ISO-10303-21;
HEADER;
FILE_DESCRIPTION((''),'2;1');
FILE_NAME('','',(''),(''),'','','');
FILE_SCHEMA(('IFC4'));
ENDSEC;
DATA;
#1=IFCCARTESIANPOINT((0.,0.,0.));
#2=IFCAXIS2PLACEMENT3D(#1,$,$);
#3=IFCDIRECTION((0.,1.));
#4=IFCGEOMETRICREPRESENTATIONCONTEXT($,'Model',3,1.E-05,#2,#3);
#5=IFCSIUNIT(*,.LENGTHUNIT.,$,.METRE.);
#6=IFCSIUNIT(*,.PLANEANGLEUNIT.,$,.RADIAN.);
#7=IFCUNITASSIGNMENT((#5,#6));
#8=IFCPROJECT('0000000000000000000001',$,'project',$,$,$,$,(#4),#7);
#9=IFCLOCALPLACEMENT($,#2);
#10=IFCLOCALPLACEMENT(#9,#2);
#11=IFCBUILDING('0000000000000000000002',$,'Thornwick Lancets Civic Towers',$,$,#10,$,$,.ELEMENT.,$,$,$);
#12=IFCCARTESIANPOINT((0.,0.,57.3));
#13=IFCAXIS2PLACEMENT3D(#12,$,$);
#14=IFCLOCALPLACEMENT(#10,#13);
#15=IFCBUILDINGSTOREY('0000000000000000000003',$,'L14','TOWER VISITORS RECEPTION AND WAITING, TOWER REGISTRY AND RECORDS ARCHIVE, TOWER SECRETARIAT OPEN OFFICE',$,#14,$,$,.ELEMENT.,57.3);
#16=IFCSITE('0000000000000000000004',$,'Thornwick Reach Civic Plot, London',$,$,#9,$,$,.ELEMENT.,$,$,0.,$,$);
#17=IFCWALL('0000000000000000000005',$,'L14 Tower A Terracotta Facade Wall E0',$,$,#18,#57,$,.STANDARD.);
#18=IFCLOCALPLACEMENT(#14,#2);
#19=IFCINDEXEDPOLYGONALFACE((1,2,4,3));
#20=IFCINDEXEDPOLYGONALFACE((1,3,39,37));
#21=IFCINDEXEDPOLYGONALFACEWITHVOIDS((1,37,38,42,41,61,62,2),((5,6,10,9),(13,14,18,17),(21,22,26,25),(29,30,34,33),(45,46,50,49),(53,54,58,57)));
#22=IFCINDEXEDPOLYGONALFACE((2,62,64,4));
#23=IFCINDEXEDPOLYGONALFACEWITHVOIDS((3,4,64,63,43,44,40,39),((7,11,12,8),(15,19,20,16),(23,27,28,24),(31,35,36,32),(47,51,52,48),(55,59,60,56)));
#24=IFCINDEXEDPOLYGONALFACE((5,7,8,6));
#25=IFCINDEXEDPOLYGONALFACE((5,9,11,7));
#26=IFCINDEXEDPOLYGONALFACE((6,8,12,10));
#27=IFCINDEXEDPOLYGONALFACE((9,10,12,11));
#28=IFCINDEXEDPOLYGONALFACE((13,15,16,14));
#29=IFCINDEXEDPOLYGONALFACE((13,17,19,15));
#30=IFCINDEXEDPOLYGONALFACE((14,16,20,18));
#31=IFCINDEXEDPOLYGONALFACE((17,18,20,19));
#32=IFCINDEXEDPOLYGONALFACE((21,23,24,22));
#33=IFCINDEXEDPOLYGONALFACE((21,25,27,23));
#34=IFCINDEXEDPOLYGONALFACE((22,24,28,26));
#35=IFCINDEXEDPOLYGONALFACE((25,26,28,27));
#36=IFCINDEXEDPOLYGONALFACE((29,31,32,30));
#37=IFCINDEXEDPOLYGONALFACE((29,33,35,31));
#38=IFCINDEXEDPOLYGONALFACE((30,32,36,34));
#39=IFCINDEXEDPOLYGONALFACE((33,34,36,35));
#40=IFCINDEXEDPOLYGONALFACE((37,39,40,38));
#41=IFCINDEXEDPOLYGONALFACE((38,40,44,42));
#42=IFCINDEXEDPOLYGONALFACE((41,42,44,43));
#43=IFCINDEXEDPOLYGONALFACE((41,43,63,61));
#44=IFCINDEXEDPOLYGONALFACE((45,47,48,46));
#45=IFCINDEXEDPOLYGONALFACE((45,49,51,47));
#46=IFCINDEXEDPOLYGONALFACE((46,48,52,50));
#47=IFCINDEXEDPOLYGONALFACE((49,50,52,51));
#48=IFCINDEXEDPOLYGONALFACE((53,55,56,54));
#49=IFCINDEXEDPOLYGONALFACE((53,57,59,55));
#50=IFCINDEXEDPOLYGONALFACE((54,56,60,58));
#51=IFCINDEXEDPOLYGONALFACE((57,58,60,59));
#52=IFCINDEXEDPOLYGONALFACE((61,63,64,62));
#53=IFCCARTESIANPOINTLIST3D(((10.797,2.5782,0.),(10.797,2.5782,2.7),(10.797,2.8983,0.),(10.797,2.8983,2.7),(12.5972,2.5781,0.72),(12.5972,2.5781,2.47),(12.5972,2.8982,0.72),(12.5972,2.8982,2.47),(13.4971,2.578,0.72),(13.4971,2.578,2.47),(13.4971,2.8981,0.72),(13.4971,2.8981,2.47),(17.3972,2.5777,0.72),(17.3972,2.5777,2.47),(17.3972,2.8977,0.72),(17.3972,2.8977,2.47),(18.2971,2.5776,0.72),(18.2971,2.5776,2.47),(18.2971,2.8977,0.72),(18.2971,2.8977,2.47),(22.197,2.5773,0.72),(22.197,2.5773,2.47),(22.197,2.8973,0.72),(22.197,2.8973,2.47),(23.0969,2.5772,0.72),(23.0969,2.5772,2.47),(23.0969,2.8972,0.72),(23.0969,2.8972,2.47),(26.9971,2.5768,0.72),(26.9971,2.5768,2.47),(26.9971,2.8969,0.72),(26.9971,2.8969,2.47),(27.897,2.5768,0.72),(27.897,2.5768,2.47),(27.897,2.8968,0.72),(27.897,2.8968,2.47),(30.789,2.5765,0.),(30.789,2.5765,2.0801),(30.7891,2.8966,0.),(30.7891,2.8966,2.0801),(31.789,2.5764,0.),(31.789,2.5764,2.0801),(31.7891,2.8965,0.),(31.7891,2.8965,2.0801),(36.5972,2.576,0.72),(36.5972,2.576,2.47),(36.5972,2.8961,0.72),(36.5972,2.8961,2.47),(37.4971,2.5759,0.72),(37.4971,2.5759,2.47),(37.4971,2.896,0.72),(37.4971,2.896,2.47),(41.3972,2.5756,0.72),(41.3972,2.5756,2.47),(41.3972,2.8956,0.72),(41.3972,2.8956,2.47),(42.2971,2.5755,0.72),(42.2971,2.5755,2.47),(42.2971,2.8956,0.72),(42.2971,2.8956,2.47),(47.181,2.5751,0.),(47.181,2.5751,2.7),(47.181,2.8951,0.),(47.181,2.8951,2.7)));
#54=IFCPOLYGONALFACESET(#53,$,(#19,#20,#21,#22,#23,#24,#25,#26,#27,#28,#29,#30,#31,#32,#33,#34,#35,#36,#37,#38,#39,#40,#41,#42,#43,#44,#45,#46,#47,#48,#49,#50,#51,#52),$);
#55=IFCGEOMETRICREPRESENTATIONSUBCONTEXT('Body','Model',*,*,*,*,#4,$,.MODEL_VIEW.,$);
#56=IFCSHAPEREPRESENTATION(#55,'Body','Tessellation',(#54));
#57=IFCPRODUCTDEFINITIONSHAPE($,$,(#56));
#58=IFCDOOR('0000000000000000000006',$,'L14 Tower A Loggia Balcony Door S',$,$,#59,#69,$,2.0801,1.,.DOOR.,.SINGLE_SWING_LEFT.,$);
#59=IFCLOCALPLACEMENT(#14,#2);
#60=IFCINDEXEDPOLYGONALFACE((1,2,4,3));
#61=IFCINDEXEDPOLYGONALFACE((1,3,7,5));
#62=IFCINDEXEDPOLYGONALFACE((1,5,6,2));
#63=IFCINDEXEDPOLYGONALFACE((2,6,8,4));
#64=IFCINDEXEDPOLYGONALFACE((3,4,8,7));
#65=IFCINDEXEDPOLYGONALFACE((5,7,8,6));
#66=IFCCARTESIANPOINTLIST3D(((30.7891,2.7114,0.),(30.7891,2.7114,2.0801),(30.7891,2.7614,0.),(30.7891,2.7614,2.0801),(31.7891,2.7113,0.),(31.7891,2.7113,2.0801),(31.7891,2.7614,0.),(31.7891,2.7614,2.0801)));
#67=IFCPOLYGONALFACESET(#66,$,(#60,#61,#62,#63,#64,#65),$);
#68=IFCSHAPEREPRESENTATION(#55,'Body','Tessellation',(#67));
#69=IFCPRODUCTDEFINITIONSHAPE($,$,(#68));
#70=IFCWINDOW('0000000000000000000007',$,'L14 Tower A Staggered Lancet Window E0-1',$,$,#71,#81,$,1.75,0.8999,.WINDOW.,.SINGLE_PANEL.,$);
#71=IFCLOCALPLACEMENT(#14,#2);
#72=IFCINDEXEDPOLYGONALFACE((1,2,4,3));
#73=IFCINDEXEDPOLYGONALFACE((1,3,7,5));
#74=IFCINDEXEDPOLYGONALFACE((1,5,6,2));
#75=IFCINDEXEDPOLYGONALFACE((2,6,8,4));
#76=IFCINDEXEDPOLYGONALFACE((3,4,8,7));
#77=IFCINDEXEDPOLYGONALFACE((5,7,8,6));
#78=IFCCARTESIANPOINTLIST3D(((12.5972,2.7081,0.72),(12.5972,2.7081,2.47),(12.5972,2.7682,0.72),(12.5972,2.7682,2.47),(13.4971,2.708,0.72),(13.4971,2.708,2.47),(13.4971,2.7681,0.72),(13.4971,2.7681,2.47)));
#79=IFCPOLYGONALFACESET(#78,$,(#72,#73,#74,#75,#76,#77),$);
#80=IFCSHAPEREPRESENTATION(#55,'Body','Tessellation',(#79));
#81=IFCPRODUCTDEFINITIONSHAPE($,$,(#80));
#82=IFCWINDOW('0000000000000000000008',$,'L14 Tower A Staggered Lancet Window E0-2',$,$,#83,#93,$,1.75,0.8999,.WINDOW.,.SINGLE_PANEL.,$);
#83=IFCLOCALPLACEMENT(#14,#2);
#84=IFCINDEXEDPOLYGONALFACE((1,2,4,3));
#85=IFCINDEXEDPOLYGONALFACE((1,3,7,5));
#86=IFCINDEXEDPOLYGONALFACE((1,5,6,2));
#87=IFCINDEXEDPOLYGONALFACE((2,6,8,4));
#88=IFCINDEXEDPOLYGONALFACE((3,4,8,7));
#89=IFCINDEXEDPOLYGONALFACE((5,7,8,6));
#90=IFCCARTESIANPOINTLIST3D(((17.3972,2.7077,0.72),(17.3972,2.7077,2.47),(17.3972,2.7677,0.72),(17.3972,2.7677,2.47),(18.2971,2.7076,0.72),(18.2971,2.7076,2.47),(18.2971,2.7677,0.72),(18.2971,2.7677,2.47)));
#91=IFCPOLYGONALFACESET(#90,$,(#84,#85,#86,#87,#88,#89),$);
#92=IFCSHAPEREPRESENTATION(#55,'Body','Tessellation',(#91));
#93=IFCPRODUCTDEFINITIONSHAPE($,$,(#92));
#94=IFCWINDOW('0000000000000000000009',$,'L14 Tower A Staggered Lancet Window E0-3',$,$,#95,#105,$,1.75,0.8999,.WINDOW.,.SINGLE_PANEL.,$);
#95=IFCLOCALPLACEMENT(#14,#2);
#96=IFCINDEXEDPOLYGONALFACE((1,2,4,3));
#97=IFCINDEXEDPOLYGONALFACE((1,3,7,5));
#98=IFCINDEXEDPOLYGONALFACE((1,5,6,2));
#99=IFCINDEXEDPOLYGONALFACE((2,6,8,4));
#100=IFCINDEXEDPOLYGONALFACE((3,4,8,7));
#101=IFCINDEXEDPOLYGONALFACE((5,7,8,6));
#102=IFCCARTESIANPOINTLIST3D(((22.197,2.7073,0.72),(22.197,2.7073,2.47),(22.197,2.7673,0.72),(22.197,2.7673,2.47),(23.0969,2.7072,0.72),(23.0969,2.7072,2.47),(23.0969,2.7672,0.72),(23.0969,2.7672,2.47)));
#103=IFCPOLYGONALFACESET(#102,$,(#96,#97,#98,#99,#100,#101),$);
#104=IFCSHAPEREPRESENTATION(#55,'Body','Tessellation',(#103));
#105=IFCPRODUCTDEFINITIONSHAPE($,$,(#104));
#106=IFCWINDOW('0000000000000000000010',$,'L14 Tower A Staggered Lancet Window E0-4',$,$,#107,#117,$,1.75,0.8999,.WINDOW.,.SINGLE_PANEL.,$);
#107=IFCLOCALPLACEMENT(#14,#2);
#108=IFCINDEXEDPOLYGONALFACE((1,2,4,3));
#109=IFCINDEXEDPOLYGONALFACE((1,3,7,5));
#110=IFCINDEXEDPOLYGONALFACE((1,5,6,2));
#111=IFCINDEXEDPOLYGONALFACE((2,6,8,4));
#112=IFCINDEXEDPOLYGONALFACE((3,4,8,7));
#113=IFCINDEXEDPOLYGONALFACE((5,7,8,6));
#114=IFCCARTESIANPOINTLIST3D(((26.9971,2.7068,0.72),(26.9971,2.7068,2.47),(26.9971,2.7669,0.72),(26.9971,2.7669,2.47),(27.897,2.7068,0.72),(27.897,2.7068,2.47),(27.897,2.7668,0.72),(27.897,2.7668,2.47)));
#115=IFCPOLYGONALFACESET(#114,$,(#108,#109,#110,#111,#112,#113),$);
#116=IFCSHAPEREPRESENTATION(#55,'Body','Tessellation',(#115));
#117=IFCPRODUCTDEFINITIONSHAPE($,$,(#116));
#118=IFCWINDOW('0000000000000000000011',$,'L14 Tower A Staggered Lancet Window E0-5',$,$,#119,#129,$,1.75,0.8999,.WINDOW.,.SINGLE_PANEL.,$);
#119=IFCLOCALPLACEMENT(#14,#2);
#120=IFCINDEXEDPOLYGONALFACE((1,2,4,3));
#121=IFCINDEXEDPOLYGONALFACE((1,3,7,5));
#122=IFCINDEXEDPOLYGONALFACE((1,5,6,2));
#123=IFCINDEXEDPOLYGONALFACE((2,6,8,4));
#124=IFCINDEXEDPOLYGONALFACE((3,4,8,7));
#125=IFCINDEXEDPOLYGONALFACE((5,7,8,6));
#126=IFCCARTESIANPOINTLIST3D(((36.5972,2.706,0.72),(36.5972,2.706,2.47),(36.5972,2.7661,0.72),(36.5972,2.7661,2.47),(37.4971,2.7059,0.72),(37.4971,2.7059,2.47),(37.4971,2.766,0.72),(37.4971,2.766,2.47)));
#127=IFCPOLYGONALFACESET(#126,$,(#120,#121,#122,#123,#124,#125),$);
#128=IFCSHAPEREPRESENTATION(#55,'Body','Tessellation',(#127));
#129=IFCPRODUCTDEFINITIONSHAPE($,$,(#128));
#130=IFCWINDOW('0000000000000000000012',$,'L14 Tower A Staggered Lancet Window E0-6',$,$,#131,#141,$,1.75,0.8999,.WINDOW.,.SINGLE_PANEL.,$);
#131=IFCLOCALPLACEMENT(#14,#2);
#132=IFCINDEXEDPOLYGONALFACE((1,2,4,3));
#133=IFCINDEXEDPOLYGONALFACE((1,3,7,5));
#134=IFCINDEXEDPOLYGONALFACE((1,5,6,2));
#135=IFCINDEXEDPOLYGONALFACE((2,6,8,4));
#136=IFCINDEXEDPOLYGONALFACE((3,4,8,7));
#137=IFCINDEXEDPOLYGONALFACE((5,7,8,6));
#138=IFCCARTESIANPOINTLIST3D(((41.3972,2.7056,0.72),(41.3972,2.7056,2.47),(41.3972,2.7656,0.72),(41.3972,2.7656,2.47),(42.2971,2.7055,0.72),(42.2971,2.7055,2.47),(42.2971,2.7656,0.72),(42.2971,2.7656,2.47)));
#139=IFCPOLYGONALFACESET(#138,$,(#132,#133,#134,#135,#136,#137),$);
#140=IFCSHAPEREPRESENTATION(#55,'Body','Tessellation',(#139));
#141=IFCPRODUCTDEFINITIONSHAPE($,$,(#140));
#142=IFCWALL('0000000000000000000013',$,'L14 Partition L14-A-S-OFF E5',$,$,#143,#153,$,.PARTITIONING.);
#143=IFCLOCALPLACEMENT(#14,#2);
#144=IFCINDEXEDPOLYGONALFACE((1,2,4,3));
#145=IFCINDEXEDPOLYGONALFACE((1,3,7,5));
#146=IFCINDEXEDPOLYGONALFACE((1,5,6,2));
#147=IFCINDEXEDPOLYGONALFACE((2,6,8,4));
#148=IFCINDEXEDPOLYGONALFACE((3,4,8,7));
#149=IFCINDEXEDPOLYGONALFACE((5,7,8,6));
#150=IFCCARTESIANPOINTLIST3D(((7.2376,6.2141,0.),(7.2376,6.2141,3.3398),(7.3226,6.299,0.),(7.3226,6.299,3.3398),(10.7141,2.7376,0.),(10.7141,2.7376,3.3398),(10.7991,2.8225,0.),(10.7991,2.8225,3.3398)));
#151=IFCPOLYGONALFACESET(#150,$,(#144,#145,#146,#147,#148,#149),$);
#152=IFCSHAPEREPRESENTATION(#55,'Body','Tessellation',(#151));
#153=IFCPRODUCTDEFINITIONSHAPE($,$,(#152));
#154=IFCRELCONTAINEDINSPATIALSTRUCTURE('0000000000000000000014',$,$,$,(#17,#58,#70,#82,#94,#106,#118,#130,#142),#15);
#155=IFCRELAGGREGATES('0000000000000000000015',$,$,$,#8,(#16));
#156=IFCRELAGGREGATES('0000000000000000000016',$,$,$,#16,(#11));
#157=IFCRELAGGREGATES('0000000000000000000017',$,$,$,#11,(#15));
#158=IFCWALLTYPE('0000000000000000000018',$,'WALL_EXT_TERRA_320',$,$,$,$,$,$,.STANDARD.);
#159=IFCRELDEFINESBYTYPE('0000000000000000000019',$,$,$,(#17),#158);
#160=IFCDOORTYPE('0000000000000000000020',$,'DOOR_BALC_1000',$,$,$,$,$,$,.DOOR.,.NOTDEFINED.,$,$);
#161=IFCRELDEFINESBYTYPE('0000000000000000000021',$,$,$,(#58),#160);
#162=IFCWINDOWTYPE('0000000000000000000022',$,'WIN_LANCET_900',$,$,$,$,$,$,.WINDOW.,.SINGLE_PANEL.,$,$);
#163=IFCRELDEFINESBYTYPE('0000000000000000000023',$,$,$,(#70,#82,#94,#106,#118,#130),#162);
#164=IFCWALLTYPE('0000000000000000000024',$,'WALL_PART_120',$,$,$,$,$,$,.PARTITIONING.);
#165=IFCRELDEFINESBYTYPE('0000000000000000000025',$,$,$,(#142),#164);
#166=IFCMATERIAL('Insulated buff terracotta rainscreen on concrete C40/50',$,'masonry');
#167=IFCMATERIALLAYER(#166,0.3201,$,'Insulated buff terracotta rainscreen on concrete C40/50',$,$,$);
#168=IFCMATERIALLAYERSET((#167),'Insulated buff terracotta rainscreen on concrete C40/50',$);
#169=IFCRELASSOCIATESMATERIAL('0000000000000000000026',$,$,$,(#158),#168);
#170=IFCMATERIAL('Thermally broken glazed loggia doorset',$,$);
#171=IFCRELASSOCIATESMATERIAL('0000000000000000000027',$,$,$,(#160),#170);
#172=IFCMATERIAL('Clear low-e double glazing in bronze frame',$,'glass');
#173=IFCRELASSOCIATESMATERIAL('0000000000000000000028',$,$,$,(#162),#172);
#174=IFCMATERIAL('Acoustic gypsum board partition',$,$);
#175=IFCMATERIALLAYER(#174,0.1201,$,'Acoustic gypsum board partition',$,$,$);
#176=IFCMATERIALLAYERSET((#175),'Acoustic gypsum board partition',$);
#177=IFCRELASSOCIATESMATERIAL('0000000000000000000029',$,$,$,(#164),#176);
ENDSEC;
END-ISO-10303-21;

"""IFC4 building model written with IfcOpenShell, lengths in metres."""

from ifc_helpers import new_model, si_unit, direction, frame, frame_2d, origin, place, context, subcontext, project, spatial, rectangle, extrude, material, layer, layer_set, type_object, element, fill, save


model = new_model("IFC4")

# Units and contexts
model_context = context("Model", 3, precision=1e-05, world=origin(), true_north=direction((0.0, 1.0)))
body_context = subcontext(model_context, "Body", "Model", "MODEL_VIEW")
ifc_project = project(units=[si_unit("LENGTHUNIT", "METRE"), si_unit("PLANEANGLEUNIT", "RADIAN")], contexts=[model_context])

# Site, building, storey
site_placement = place(None, origin())
site = spatial("IfcSite", under=ifc_project, at=site_placement, Name="Thornwick Reach Civic Plot, London", CompositionType="ELEMENT", RefElevation=0.0)
building_placement = place(site_placement, origin())
building = spatial("IfcBuilding", under=site, at=building_placement, Name="Thornwick Lancets Civic Towers", CompositionType="ELEMENT")
storey_placement = place(building_placement, frame((0.0, 0.0, 57.3)))
storey = spatial("IfcBuildingStorey", under=building, at=storey_placement, Name="L14", Description="TOWER VISITORS RECEPTION AND WAITING, TOWER REGISTRY AND RECORDS ARCHIVE, TOWER SECRETARIAT OPEN OFFICE", CompositionType="ELEMENT", Elevation=57.3)

# Wall, openings, door, windows
ifc_material_1 = material(Name="Insulated buff terracotta rainscreen on concrete C40/50", Category="masonry")
ifc_layer_1 = layer(ifc_material_1, 0.3201, Name="Insulated buff terracotta rainscreen on concrete C40/50")
ifc_layer_set_1 = layer_set([ifc_layer_1], Name="Insulated buff terracotta rainscreen on concrete C40/50")
wall_type_1 = type_object("IfcWallType", Name="WALL_EXT_TERRA_320", PredefinedType="STANDARD", material=ifc_layer_set_1)
wall_1_placement = place(storey_placement, frame((10.7971, 2.7383, 0.0), z_axis=(0.0, 0.0, 1.0), x_axis=(1.0, -0.000087, 0.0)))
wall_1 = element("IfcWall", 1, at=wall_1_placement, inside=storey, type_object=wall_type_1, Name="L14 Tower A Terracotta Facade Wall E0", PredefinedType="STANDARD", context=body_context, shape_type="SweptSolid", body=[
    extrude(rectangle(XDim=36.384, YDim=0.3201, at=frame_2d((18.1919, 0.0))), origin(), (0.0, 0.0, 1.0), 2.7),
])
opening_1_placement = place(wall_1_placement, frame((19.9919, 0.0, 0.0)))
opening_1 = element("IfcOpeningElement", 2, at=opening_1_placement, cuts=wall_1, PredefinedType="OPENING", context=body_context, shape_type="SweptSolid", body=[
    extrude(rectangle(XDim=1.0, YDim=2.0801, at=frame_2d((0.5, 1.04))), frame((0.0, 0.1699, 0.0), z_axis=(0.0, -1.0, 0.0), x_axis=(1.0, 0.0, 0.0)), (0.0, 0.0, 1.0), 0.3401),
])
opening_2_placement = place(wall_1_placement, frame((1.8, 0.0, 0.72)))
opening_2 = element("IfcOpeningElement", 3, at=opening_2_placement, cuts=wall_1, PredefinedType="OPENING", context=body_context, shape_type="SweptSolid", body=[
    extrude(rectangle(XDim=0.8999, YDim=1.75, at=frame_2d((0.45, 0.875))), frame((0.0, 0.1699, 0.0), z_axis=(0.0, -1.0, 0.0), x_axis=(1.0, 0.0, 0.0)), (0.0, 0.0, 1.0), 0.3401),
])
opening_3_placement = place(wall_1_placement, frame((6.6001, 0.0, 0.72)))
opening_3 = element("IfcOpeningElement", 4, at=opening_3_placement, cuts=wall_1, PredefinedType="OPENING", context=body_context, shape_type="SweptSolid", body=[
    extrude(rectangle(XDim=0.8999, YDim=1.75, at=frame_2d((0.45, 0.875))), frame((0.0, 0.1699, 0.0), z_axis=(0.0, -1.0, 0.0), x_axis=(1.0, 0.0, 0.0)), (0.0, 0.0, 1.0), 0.3401),
])
opening_4_placement = place(wall_1_placement, frame((11.3999, 0.0, 0.72)))
opening_4 = element("IfcOpeningElement", 5, at=opening_4_placement, cuts=wall_1, PredefinedType="OPENING", context=body_context, shape_type="SweptSolid", body=[
    extrude(rectangle(XDim=0.8999, YDim=1.75, at=frame_2d((0.45, 0.875))), frame((0.0, 0.1699, 0.0), z_axis=(0.0, -1.0, 0.0), x_axis=(1.0, 0.0, 0.0)), (0.0, 0.0, 1.0), 0.3401),
])
opening_5_placement = place(wall_1_placement, frame((16.2, 0.0, 0.72)))
opening_5 = element("IfcOpeningElement", 6, at=opening_5_placement, cuts=wall_1, PredefinedType="OPENING", context=body_context, shape_type="SweptSolid", body=[
    extrude(rectangle(XDim=0.8999, YDim=1.75, at=frame_2d((0.45, 0.875))), frame((0.0, 0.1699, 0.0), z_axis=(0.0, -1.0, 0.0), x_axis=(1.0, 0.0, 0.0)), (0.0, 0.0, 1.0), 0.3401),
])
opening_6_placement = place(wall_1_placement, frame((25.8, 0.0, 0.72)))
opening_6 = element("IfcOpeningElement", 7, at=opening_6_placement, cuts=wall_1, PredefinedType="OPENING", context=body_context, shape_type="SweptSolid", body=[
    extrude(rectangle(XDim=0.8999, YDim=1.75, at=frame_2d((0.45, 0.875))), frame((0.0, 0.1699, 0.0), z_axis=(0.0, -1.0, 0.0), x_axis=(1.0, 0.0, 0.0)), (0.0, 0.0, 1.0), 0.3401),
])
opening_7_placement = place(wall_1_placement, frame((30.6001, 0.0, 0.72)))
opening_7 = element("IfcOpeningElement", 8, at=opening_7_placement, cuts=wall_1, PredefinedType="OPENING", context=body_context, shape_type="SweptSolid", body=[
    extrude(rectangle(XDim=0.8999, YDim=1.75, at=frame_2d((0.45, 0.875))), frame((0.0, 0.1699, 0.0), z_axis=(0.0, -1.0, 0.0), x_axis=(1.0, 0.0, 0.0)), (0.0, 0.0, 1.0), 0.3401),
])
ifc_material_2 = material(Name="Thermally broken glazed loggia doorset")
door_type = type_object("IfcDoorType", Name="DOOR_BALC_1000", OperationType="NOTDEFINED", PredefinedType="DOOR", material=ifc_material_2)
door_placement = place(opening_1_placement, origin())
door = element("IfcDoor", 9, at=door_placement, inside=storey, type_object=door_type, Name="L14 Tower A Loggia Balcony Door S", OperationType="SINGLE_SWING_LEFT", OverallHeight=2.0801, OverallWidth=1.0, PredefinedType="DOOR", context=body_context, shape_type="SweptSolid", body=[
    extrude(rectangle(XDim=1.0, YDim=2.0801, at=frame_2d((0.5, 1.04))), frame((0.0, 0.0249, 0.0), z_axis=(0.0, -1.0, 0.0), x_axis=(1.0, 0.0, 0.0)), (0.0, 0.0, 1.0), 0.05),
])
fill(opening_1, door)
ifc_material_3 = material(Name="Clear low-e double glazing in bronze frame", Category="glass")
window_type = type_object("IfcWindowType", Name="WIN_LANCET_900", PartitioningType="SINGLE_PANEL", PredefinedType="WINDOW", material=ifc_material_3)
window_1_placement = place(opening_2_placement, origin())
window_1 = element("IfcWindow", 10, at=window_1_placement, inside=storey, type_object=window_type, Name="L14 Tower A Staggered Lancet Window E0-1", OverallHeight=1.75, OverallWidth=0.8999, PartitioningType="SINGLE_PANEL", PredefinedType="WINDOW", context=body_context, shape_type="SweptSolid", body=[
    extrude(rectangle(XDim=0.8999, YDim=1.75, at=frame_2d((0.45, 0.875))), frame((0.0, 0.03, 0.0), z_axis=(0.0, -1.0, 0.0), x_axis=(1.0, 0.0, 0.0)), (0.0, 0.0, 1.0), 0.0601),
])
fill(opening_2, window_1)
window_2_placement = place(opening_3_placement, origin())
window_2 = element("IfcWindow", 11, at=window_2_placement, inside=storey, type_object=window_type, Name="L14 Tower A Staggered Lancet Window E0-2", OverallHeight=1.75, OverallWidth=0.8999, PartitioningType="SINGLE_PANEL", PredefinedType="WINDOW", context=body_context, shape_type="SweptSolid", body=[
    extrude(rectangle(XDim=0.8999, YDim=1.75, at=frame_2d((0.45, 0.875))), frame((0.0, 0.03, 0.0), z_axis=(0.0, -1.0, 0.0), x_axis=(1.0, 0.0, 0.0)), (0.0, 0.0, 1.0), 0.0601),
])
fill(opening_3, window_2)
window_3_placement = place(opening_4_placement, origin())
window_3 = element("IfcWindow", 12, at=window_3_placement, inside=storey, type_object=window_type, Name="L14 Tower A Staggered Lancet Window E0-3", OverallHeight=1.75, OverallWidth=0.8999, PartitioningType="SINGLE_PANEL", PredefinedType="WINDOW", context=body_context, shape_type="SweptSolid", body=[
    extrude(rectangle(XDim=0.8999, YDim=1.75, at=frame_2d((0.45, 0.875))), frame((0.0, 0.03, 0.0), z_axis=(0.0, -1.0, 0.0), x_axis=(1.0, 0.0, 0.0)), (0.0, 0.0, 1.0), 0.0601),
])
fill(opening_4, window_3)
window_4_placement = place(opening_5_placement, origin())
window_4 = element("IfcWindow", 13, at=window_4_placement, inside=storey, type_object=window_type, Name="L14 Tower A Staggered Lancet Window E0-4", OverallHeight=1.75, OverallWidth=0.8999, PartitioningType="SINGLE_PANEL", PredefinedType="WINDOW", context=body_context, shape_type="SweptSolid", body=[
    extrude(rectangle(XDim=0.8999, YDim=1.75, at=frame_2d((0.45, 0.875))), frame((0.0, 0.03, 0.0), z_axis=(0.0, -1.0, 0.0), x_axis=(1.0, 0.0, 0.0)), (0.0, 0.0, 1.0), 0.0601),
])
fill(opening_5, window_4)
window_5_placement = place(opening_6_placement, origin())
window_5 = element("IfcWindow", 14, at=window_5_placement, inside=storey, type_object=window_type, Name="L14 Tower A Staggered Lancet Window E0-5", OverallHeight=1.75, OverallWidth=0.8999, PartitioningType="SINGLE_PANEL", PredefinedType="WINDOW", context=body_context, shape_type="SweptSolid", body=[
    extrude(rectangle(XDim=0.8999, YDim=1.75, at=frame_2d((0.45, 0.875))), frame((0.0, 0.03, 0.0), z_axis=(0.0, -1.0, 0.0), x_axis=(1.0, 0.0, 0.0)), (0.0, 0.0, 1.0), 0.0601),
])
fill(opening_6, window_5)
window_6_placement = place(opening_7_placement, origin())
window_6 = element("IfcWindow", 15, at=window_6_placement, inside=storey, type_object=window_type, Name="L14 Tower A Staggered Lancet Window E0-6", OverallHeight=1.75, OverallWidth=0.8999, PartitioningType="SINGLE_PANEL", PredefinedType="WINDOW", context=body_context, shape_type="SweptSolid", body=[
    extrude(rectangle(XDim=0.8999, YDim=1.75, at=frame_2d((0.45, 0.875))), frame((0.0, 0.03, 0.0), z_axis=(0.0, -1.0, 0.0), x_axis=(1.0, 0.0, 0.0)), (0.0, 0.0, 1.0), 0.0601),
])
fill(opening_7, window_6)

# Wall
ifc_material_4 = material(Name="Acoustic gypsum board partition")
ifc_layer_2 = layer(ifc_material_4, 0.1201, Name="Acoustic gypsum board partition")
ifc_layer_set_2 = layer_set([ifc_layer_2], Name="Acoustic gypsum board partition")
wall_type_2 = type_object("IfcWallType", Name="WALL_PART_120", PredefinedType="PARTITIONING", material=ifc_layer_set_2)
wall_2_placement = place(storey_placement, frame((10.7566, 2.78, 0.0), z_axis=(0.0, 0.0, 1.0), x_axis=(-0.707107, 0.707107, 0.0)))
element("IfcWall", 16, at=wall_2_placement, inside=storey, type_object=wall_type_2, Name="L14 Partition L14-A-S-OFF E5", PredefinedType="PARTITIONING", context=body_context, shape_type="SweptSolid", body=[
    extrude(rectangle(XDim=4.9165, YDim=0.1201, at=frame_2d((2.4583, 0.0))), origin(), (0.0, 0.0, 1.0), 3.3398),
])

save(model, "model.ifc")
